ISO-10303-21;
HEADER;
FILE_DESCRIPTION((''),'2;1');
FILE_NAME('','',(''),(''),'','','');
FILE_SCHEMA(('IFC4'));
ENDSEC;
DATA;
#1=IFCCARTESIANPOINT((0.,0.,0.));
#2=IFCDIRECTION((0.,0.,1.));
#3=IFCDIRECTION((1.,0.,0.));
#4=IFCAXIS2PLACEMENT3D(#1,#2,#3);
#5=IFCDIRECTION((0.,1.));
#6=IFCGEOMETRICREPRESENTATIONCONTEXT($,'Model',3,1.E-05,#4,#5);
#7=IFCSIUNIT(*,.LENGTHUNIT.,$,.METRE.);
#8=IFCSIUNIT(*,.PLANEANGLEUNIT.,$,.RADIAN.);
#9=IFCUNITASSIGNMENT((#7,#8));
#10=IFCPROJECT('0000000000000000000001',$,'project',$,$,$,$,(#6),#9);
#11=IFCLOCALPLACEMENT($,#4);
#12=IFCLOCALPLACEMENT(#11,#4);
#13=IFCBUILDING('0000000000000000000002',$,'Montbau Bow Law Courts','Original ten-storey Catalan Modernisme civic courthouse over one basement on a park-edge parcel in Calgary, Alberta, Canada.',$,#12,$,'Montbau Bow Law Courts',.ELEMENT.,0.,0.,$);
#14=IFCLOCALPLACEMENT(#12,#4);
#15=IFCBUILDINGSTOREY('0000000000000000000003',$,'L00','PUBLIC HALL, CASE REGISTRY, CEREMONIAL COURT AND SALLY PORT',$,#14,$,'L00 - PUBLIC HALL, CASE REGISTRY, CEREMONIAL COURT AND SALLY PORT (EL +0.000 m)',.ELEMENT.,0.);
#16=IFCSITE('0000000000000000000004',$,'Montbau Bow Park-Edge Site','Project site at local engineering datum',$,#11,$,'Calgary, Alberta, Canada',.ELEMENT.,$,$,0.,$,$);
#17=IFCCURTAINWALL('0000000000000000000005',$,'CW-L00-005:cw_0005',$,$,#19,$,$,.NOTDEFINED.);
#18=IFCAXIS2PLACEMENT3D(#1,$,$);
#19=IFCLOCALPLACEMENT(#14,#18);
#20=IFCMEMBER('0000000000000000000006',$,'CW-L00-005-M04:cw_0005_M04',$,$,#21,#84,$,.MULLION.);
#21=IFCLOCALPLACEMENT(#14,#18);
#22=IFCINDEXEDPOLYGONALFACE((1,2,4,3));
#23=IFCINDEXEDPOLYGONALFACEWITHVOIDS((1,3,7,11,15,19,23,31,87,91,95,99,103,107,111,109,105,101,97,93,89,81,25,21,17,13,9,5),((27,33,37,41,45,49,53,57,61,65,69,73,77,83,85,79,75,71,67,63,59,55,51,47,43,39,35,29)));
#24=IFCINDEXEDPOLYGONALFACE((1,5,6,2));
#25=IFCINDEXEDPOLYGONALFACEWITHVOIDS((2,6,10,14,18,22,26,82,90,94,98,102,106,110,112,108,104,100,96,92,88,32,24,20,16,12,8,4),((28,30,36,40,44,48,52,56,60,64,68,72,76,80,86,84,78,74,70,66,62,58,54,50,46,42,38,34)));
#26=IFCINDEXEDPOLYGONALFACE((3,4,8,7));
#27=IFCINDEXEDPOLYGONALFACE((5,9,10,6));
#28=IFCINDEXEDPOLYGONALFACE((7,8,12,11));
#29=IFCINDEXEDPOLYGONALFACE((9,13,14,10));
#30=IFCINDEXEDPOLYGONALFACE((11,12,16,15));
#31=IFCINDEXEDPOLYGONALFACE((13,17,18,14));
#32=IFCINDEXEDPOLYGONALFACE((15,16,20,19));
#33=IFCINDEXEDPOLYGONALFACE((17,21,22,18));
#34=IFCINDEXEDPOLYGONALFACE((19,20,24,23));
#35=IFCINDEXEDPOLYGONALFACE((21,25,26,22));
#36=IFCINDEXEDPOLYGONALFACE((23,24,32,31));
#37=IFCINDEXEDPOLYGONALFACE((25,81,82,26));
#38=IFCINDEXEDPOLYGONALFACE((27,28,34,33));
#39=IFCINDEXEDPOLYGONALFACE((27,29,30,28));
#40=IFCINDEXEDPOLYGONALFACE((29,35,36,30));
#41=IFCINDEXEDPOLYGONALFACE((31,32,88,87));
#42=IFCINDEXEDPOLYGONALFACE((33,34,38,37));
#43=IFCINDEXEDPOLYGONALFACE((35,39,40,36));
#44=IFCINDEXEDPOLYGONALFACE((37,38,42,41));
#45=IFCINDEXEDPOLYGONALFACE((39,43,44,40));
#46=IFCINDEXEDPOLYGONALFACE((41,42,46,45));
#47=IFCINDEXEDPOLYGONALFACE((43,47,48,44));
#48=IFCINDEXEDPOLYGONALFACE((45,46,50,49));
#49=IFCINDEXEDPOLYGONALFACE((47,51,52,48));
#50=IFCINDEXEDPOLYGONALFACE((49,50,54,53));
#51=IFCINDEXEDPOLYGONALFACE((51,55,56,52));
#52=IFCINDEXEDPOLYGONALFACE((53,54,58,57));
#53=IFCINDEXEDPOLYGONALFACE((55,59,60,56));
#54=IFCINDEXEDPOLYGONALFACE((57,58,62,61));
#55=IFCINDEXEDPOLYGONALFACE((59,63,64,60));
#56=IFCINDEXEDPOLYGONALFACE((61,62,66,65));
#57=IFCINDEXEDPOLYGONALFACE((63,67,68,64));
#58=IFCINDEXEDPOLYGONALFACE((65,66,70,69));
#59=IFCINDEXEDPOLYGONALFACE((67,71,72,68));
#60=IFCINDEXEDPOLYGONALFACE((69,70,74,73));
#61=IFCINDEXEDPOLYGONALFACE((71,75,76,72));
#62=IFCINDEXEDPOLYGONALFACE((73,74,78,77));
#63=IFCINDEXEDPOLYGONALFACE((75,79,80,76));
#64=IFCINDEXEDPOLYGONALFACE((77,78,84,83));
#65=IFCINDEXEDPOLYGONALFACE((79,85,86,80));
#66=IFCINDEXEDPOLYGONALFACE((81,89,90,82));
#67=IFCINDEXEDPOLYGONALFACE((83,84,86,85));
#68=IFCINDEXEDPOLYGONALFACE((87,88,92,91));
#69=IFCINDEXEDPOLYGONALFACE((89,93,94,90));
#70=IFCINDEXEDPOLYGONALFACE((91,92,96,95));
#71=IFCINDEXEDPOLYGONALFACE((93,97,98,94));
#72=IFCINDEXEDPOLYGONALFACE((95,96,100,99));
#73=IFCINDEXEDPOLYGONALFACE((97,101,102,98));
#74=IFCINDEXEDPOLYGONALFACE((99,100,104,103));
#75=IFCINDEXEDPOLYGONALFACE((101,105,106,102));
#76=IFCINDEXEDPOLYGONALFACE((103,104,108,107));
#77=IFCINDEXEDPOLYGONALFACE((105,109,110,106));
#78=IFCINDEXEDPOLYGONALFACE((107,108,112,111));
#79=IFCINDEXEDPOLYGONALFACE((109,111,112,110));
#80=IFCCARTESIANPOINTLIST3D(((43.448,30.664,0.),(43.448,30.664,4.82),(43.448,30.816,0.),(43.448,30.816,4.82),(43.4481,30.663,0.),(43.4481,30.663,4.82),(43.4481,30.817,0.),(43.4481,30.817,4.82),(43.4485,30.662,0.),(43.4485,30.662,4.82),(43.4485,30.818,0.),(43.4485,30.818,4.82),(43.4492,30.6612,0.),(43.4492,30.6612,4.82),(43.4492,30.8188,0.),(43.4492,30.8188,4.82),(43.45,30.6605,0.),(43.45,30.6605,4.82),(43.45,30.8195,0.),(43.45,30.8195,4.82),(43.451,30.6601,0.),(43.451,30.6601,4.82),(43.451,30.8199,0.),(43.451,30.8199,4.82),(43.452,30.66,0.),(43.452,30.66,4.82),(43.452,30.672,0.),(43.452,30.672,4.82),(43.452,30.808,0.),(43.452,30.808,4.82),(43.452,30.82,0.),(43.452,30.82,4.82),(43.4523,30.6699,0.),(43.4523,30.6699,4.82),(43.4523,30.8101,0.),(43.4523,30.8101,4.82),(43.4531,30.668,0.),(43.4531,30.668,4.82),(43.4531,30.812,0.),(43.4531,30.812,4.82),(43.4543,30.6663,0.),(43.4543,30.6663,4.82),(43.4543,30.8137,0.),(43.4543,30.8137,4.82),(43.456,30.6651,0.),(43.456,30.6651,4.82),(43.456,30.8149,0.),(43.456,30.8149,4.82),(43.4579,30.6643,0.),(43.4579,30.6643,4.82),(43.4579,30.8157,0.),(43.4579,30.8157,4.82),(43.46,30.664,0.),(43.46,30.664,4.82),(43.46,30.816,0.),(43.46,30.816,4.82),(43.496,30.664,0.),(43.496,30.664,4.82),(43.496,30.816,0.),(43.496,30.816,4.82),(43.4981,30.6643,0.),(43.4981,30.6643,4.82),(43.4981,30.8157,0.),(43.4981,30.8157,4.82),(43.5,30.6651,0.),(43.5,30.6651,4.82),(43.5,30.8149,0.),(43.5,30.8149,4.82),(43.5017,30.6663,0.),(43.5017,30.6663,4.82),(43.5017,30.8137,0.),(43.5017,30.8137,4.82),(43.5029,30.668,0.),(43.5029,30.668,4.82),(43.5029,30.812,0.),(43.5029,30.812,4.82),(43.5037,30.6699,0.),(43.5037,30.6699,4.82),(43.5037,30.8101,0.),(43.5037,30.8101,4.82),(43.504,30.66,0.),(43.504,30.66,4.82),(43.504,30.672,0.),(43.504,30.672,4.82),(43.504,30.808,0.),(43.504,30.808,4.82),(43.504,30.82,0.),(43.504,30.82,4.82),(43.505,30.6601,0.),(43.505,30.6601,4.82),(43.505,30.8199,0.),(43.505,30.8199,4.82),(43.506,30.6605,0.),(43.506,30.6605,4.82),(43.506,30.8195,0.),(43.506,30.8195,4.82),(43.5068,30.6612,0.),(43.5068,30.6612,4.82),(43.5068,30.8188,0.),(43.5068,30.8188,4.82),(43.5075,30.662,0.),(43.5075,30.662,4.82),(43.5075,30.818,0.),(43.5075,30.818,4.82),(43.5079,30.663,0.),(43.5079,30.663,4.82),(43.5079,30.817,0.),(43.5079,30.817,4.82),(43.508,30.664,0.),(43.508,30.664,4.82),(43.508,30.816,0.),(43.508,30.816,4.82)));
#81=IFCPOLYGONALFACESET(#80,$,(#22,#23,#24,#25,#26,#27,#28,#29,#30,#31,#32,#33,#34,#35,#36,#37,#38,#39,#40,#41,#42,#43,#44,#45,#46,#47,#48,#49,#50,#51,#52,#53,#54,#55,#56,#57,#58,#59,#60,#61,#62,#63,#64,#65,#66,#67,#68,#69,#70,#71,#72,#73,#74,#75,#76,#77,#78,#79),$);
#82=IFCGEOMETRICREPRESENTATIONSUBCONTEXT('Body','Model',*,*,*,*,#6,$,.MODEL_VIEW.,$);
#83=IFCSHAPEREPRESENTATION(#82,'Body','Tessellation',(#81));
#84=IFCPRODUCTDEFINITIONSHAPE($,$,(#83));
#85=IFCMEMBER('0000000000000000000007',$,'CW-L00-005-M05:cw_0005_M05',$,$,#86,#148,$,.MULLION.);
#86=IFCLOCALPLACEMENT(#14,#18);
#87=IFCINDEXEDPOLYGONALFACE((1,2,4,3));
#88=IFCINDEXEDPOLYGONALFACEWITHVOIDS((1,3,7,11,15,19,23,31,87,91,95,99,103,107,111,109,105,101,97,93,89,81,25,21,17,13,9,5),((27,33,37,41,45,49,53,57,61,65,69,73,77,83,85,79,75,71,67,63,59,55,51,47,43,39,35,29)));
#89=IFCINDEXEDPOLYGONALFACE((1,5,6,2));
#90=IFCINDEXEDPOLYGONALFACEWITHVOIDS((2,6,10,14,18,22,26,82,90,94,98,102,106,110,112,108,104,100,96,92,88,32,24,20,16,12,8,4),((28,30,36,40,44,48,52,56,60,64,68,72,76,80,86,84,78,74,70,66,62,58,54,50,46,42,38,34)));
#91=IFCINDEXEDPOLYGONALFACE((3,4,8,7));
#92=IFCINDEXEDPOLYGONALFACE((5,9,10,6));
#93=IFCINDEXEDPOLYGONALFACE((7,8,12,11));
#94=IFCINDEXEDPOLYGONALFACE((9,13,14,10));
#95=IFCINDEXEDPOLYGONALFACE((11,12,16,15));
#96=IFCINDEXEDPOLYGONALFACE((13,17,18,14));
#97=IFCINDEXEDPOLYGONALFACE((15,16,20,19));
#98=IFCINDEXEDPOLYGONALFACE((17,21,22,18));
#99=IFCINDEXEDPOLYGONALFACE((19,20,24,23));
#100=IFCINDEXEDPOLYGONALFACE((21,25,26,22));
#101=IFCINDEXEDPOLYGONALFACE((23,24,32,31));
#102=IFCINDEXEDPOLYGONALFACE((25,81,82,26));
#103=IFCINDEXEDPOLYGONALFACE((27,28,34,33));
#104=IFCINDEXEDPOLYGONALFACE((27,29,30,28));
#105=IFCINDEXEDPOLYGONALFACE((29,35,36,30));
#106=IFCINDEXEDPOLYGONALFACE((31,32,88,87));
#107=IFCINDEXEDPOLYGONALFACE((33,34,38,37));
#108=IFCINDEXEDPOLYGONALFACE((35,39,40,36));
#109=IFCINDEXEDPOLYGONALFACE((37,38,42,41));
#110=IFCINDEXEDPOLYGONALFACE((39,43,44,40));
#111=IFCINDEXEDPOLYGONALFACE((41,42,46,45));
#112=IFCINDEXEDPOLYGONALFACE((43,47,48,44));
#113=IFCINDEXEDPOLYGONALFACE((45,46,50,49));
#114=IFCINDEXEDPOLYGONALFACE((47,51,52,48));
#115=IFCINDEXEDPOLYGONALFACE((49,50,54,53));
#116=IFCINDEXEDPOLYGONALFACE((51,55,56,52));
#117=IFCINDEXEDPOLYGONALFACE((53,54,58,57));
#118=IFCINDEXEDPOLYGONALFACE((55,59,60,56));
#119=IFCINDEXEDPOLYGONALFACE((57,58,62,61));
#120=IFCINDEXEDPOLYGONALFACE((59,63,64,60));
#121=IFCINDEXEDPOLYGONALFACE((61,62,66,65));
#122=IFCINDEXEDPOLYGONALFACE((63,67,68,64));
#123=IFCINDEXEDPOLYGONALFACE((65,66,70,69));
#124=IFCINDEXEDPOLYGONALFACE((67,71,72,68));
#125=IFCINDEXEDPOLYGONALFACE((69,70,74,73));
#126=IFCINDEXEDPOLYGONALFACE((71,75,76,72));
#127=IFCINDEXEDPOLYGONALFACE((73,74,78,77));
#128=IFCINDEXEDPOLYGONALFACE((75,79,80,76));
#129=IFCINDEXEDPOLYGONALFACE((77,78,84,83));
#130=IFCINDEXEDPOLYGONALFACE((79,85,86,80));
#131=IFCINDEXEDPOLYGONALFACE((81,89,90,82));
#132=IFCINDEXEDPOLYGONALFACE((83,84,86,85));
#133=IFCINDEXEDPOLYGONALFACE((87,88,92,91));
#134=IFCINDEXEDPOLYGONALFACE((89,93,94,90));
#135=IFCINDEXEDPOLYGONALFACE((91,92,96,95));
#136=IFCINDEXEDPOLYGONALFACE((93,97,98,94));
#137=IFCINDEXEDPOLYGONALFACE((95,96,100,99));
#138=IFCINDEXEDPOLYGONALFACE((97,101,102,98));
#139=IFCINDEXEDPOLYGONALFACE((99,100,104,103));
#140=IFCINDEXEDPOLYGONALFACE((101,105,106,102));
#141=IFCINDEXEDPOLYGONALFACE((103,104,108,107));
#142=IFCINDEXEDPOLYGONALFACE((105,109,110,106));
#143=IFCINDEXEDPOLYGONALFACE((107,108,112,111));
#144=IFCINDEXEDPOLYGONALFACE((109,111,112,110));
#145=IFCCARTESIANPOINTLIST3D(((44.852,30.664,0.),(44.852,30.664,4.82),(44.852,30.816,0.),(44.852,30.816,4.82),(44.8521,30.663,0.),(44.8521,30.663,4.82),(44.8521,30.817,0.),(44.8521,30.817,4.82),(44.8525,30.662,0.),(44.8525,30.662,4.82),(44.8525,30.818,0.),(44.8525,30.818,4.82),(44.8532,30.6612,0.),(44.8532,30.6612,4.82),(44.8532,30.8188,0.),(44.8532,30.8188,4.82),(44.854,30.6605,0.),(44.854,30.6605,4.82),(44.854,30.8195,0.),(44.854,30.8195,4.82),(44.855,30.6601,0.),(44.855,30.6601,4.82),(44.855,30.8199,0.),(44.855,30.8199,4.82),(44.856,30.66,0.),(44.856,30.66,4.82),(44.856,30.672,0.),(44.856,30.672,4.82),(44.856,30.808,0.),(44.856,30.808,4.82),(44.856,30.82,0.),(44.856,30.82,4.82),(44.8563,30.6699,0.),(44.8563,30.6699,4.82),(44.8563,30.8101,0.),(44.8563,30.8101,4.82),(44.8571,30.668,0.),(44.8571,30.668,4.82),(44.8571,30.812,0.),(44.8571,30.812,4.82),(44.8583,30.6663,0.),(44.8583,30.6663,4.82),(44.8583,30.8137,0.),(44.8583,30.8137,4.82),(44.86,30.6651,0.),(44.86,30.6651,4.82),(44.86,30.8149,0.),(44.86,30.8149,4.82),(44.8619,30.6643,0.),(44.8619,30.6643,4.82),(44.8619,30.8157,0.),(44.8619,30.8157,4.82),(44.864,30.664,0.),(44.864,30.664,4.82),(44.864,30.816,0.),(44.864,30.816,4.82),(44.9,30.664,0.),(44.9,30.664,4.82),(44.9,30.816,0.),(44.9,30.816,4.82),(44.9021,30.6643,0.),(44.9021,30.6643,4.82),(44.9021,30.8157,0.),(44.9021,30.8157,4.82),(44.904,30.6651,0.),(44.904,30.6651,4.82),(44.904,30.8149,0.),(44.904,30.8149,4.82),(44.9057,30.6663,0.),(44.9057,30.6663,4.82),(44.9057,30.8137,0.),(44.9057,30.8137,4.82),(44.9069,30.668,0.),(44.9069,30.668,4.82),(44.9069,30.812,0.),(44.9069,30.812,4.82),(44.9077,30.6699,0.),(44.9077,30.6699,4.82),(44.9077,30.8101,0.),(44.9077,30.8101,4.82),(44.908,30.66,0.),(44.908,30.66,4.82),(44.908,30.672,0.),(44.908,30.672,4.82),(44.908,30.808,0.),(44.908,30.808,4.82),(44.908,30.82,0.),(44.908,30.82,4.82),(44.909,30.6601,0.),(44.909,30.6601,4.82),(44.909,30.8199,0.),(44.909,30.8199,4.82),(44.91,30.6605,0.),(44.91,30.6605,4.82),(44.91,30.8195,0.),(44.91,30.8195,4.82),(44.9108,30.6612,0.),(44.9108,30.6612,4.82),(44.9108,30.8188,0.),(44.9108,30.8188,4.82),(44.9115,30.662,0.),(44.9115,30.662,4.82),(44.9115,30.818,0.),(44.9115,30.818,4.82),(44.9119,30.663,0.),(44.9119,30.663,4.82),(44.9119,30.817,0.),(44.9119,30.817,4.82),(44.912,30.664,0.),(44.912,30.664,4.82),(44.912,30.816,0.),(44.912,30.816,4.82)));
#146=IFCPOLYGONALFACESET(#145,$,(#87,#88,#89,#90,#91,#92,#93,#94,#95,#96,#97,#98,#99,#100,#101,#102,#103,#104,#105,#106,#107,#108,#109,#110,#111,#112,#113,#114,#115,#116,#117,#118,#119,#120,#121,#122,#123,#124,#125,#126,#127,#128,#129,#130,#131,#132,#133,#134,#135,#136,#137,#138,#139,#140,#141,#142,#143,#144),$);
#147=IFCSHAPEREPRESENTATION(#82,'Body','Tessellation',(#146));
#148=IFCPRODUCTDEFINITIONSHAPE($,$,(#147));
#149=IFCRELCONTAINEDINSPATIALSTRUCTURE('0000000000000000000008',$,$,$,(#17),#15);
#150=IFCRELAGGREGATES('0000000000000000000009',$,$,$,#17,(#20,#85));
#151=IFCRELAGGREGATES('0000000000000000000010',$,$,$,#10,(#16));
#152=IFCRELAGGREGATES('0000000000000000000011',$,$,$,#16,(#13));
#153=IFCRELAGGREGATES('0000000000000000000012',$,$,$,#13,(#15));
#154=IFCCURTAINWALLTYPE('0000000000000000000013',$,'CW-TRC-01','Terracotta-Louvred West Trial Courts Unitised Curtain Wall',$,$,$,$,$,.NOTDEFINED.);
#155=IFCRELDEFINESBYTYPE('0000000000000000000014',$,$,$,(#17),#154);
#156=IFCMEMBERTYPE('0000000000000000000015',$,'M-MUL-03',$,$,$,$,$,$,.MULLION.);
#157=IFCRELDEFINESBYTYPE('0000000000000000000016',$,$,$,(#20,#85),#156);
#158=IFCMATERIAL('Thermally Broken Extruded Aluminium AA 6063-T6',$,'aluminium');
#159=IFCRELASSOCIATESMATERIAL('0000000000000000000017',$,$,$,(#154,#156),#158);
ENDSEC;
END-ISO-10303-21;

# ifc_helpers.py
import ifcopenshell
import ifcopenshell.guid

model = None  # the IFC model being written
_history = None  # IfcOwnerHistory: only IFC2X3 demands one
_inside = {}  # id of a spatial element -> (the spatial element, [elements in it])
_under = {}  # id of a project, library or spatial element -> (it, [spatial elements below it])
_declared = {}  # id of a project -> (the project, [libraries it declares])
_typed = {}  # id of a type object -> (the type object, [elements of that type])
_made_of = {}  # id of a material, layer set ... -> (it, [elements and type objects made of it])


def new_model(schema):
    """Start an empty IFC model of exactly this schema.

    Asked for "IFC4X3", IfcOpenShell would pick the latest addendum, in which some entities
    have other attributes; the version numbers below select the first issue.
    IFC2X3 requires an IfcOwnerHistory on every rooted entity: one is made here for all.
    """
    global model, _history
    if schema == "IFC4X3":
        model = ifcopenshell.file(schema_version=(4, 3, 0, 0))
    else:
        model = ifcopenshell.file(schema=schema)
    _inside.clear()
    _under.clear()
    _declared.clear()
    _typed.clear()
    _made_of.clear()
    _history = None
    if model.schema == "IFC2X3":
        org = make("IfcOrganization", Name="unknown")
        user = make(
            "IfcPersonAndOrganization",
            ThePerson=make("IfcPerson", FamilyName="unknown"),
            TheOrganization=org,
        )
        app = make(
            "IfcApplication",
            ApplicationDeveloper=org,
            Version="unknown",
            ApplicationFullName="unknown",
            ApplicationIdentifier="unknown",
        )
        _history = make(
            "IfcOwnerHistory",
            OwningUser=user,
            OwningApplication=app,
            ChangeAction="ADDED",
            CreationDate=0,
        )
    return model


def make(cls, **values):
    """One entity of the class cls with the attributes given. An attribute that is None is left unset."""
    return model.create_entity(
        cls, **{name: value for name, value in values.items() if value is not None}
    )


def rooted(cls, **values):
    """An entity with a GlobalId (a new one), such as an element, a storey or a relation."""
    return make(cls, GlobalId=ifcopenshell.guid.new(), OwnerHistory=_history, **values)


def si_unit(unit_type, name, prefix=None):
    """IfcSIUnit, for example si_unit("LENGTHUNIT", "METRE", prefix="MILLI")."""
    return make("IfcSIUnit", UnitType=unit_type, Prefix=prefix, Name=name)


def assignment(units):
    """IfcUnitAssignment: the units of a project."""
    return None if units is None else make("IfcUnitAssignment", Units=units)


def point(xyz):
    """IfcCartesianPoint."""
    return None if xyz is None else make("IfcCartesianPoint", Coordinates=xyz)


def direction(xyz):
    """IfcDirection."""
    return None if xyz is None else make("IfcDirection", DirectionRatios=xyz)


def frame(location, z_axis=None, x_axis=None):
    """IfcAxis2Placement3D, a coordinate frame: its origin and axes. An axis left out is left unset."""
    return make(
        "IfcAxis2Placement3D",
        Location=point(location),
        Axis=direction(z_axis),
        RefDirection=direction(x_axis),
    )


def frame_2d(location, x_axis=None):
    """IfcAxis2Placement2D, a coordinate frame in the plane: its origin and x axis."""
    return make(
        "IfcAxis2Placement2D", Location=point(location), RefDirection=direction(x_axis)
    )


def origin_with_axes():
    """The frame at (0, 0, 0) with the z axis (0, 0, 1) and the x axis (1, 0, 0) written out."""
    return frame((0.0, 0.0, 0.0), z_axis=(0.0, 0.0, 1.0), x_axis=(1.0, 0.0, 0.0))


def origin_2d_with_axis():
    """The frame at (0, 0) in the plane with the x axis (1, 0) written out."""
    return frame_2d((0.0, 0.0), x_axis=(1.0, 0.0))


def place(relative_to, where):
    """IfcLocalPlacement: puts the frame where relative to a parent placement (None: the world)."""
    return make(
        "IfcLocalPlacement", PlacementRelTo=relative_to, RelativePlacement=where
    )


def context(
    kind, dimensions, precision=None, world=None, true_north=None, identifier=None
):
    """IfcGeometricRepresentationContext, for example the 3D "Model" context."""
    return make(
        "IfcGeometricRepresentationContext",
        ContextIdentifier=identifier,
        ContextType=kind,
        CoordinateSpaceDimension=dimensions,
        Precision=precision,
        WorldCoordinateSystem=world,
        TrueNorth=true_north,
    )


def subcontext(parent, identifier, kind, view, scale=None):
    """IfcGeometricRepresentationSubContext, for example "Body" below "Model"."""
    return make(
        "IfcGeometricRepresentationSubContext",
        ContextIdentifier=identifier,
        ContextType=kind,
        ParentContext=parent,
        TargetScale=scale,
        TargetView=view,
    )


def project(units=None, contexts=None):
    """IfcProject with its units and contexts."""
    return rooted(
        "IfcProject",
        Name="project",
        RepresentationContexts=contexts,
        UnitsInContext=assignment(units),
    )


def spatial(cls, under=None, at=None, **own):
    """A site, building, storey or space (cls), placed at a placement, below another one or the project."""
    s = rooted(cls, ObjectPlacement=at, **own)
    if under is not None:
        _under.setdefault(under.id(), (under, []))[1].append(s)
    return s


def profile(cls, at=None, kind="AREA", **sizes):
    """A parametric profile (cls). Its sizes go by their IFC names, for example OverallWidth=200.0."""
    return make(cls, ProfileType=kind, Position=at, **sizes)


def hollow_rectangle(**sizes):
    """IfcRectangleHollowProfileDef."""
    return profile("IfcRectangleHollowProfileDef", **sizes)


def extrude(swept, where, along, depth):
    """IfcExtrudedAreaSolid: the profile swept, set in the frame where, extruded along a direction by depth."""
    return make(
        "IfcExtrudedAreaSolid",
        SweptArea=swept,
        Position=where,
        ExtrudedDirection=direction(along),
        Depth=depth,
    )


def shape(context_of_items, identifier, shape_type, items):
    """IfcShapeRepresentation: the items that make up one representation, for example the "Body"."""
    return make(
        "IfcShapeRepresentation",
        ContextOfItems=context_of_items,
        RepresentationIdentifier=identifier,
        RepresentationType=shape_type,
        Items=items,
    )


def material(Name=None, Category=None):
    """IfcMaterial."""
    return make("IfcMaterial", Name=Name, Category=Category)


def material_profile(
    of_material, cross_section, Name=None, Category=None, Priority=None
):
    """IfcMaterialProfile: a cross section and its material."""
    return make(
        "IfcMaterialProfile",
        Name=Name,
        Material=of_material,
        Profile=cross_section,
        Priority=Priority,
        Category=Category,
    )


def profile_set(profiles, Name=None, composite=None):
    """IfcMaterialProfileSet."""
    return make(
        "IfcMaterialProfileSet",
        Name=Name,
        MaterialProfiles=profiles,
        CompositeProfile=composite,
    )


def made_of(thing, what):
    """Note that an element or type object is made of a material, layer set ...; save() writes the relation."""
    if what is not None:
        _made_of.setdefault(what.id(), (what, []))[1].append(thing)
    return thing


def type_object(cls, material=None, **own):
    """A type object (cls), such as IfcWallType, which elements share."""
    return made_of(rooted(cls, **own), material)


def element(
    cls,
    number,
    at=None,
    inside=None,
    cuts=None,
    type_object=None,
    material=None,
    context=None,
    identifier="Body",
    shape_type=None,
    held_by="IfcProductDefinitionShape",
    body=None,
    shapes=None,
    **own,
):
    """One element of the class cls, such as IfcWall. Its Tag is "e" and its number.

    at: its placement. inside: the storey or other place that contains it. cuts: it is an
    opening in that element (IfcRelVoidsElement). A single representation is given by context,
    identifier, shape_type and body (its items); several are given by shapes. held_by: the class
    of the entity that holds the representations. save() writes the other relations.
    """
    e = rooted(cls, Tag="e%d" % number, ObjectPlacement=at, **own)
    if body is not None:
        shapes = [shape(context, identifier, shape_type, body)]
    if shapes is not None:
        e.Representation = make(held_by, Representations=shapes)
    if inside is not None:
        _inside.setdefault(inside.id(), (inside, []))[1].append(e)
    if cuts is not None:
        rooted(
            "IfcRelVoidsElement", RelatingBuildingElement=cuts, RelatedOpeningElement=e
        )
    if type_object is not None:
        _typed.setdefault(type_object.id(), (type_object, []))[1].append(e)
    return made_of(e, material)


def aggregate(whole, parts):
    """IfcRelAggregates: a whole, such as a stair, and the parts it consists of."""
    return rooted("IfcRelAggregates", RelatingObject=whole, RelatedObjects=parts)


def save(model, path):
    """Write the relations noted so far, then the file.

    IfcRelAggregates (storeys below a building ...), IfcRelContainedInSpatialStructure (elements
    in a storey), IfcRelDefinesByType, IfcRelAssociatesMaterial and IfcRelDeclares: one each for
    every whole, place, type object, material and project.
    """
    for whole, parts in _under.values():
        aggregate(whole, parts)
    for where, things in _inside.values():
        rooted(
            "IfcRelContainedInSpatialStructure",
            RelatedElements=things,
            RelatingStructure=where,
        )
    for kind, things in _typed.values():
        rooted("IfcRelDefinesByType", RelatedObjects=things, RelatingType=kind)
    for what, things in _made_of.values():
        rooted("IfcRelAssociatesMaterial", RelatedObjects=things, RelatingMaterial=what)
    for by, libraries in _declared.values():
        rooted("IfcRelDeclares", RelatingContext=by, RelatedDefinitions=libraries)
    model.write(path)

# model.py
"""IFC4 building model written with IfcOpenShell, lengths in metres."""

from ifc_helpers import new_model, si_unit, direction, frame, origin_with_axes, origin_2d_with_axis, place, context, subcontext, project, spatial, hollow_rectangle, extrude, material, material_profile, profile_set, type_object, element, aggregate, save


model = new_model("IFC4")

# Units and contexts
model_context = context("Model", 3, precision=1e-05, world=origin_with_axes(), true_north=direction((0.0, 1.0)))
body_context = subcontext(model_context, "Body", "Model", "MODEL_VIEW")
ifc_project = project(units=[si_unit("LENGTHUNIT", "METRE"), si_unit("PLANEANGLEUNIT", "RADIAN")], contexts=[model_context])

# Site, building, storey
site_placement = place(None, origin_with_axes())
site = spatial("IfcSite", under=ifc_project, at=site_placement, Name="Montbau Bow Park-Edge Site", Description="Project site at local engineering datum", LongName="Calgary, Alberta, Canada", CompositionType="ELEMENT", RefElevation=0.0)
building_placement = place(site_placement, origin_with_axes())
building = spatial("IfcBuilding", under=site, at=building_placement, Name="Montbau Bow Law Courts", Description="Original ten-storey Catalan Modernisme civic courthouse over one basement on a park-edge parcel in Calgary, Alberta, Canada.", LongName="Montbau Bow Law Courts", CompositionType="ELEMENT", ElevationOfRefHeight=0.0, ElevationOfTerrain=0.0)
storey_placement = place(building_placement, origin_with_axes())
storey = spatial("IfcBuildingStorey", under=building, at=storey_placement, Name="L00", Description="PUBLIC HALL, CASE REGISTRY, CEREMONIAL COURT AND SALLY PORT", LongName="L00 - PUBLIC HALL, CASE REGISTRY, CEREMONIAL COURT AND SALLY PORT (EL +0.000 m)", CompositionType="ELEMENT", Elevation=0.0)

# Curtain wall, members
ifc_material_1 = material(Name="Thermally Broken Extruded Aluminium AA 6063-T6", Category="aluminium")
curtain_wall_type = type_object("IfcCurtainWallType", Name="CW-TRC-01", Description="Terracotta-Louvred West Trial Courts Unitised Curtain Wall", PredefinedType="NOTDEFINED", material=ifc_material_1)
curtain_wall_placement = place(None, frame((39.268, 30.74, 0.0), z_axis=(0.0, 0.0, 1.0), x_axis=(1.0, 0.0, 0.0)))
curtain_wall = element("IfcCurtainWall", 1, at=curtain_wall_placement, inside=storey, type_object=curtain_wall_type, Name="CW-L00-005:cw_0005", PredefinedType="NOTDEFINED")
ifc_material_profile_1 = material_profile(ifc_material_1, hollow_rectangle(XDim=0.06, YDim=0.16, WallThickness=0.004, InnerFilletRadius=0.008, OuterFilletRadius=0.004, at=origin_2d_with_axis()), Name="CWM-160X60", Category="Main", Priority=0)
ifc_profile_set_1 = profile_set([ifc_material_profile_1], Name="Thermally Broken Extruded Aluminium AA 6063-T6")
member_type_1 = type_object("IfcMemberType", Name="M-MUL-03", PredefinedType="MULLION", material=ifc_profile_set_1)
member_1_placement = place(None, frame((43.478, 30.74, 0.0), z_axis=(0.0, 0.0, 1.0), x_axis=(1.0, 0.0, 0.0)))
member_1 = element("IfcMember", 2, at=member_1_placement, type_object=member_type_1, Name="CW-L00-005-M04:cw_0005_M04", PredefinedType="MULLION", context=body_context, shape_type="SweptSolid", body=[
    extrude(hollow_rectangle(XDim=0.06, YDim=0.16, WallThickness=0.004, InnerFilletRadius=0.008, OuterFilletRadius=0.004, at=origin_2d_with_axis()), origin_with_axes(), (0.0, 0.0, 1.0), 4.82),
])
member_2_placement = place(None, frame((44.882, 30.74, 0.0), z_axis=(0.0, 0.0, 1.0), x_axis=(1.0, 0.0, 0.0)))
member_2 = element("IfcMember", 3, at=member_2_placement, type_object=member_type_1, Name="CW-L00-005-M05:cw_0005_M05", PredefinedType="MULLION", context=body_context, shape_type="SweptSolid", body=[
    extrude(hollow_rectangle(XDim=0.06, YDim=0.16, WallThickness=0.004, InnerFilletRadius=0.008, OuterFilletRadius=0.004, at=origin_2d_with_axis()), origin_with_axes(), (0.0, 0.0, 1.0), 4.82),
])
aggregate(curtain_wall, [member_1, member_2])

save(model, "model.ifc")
